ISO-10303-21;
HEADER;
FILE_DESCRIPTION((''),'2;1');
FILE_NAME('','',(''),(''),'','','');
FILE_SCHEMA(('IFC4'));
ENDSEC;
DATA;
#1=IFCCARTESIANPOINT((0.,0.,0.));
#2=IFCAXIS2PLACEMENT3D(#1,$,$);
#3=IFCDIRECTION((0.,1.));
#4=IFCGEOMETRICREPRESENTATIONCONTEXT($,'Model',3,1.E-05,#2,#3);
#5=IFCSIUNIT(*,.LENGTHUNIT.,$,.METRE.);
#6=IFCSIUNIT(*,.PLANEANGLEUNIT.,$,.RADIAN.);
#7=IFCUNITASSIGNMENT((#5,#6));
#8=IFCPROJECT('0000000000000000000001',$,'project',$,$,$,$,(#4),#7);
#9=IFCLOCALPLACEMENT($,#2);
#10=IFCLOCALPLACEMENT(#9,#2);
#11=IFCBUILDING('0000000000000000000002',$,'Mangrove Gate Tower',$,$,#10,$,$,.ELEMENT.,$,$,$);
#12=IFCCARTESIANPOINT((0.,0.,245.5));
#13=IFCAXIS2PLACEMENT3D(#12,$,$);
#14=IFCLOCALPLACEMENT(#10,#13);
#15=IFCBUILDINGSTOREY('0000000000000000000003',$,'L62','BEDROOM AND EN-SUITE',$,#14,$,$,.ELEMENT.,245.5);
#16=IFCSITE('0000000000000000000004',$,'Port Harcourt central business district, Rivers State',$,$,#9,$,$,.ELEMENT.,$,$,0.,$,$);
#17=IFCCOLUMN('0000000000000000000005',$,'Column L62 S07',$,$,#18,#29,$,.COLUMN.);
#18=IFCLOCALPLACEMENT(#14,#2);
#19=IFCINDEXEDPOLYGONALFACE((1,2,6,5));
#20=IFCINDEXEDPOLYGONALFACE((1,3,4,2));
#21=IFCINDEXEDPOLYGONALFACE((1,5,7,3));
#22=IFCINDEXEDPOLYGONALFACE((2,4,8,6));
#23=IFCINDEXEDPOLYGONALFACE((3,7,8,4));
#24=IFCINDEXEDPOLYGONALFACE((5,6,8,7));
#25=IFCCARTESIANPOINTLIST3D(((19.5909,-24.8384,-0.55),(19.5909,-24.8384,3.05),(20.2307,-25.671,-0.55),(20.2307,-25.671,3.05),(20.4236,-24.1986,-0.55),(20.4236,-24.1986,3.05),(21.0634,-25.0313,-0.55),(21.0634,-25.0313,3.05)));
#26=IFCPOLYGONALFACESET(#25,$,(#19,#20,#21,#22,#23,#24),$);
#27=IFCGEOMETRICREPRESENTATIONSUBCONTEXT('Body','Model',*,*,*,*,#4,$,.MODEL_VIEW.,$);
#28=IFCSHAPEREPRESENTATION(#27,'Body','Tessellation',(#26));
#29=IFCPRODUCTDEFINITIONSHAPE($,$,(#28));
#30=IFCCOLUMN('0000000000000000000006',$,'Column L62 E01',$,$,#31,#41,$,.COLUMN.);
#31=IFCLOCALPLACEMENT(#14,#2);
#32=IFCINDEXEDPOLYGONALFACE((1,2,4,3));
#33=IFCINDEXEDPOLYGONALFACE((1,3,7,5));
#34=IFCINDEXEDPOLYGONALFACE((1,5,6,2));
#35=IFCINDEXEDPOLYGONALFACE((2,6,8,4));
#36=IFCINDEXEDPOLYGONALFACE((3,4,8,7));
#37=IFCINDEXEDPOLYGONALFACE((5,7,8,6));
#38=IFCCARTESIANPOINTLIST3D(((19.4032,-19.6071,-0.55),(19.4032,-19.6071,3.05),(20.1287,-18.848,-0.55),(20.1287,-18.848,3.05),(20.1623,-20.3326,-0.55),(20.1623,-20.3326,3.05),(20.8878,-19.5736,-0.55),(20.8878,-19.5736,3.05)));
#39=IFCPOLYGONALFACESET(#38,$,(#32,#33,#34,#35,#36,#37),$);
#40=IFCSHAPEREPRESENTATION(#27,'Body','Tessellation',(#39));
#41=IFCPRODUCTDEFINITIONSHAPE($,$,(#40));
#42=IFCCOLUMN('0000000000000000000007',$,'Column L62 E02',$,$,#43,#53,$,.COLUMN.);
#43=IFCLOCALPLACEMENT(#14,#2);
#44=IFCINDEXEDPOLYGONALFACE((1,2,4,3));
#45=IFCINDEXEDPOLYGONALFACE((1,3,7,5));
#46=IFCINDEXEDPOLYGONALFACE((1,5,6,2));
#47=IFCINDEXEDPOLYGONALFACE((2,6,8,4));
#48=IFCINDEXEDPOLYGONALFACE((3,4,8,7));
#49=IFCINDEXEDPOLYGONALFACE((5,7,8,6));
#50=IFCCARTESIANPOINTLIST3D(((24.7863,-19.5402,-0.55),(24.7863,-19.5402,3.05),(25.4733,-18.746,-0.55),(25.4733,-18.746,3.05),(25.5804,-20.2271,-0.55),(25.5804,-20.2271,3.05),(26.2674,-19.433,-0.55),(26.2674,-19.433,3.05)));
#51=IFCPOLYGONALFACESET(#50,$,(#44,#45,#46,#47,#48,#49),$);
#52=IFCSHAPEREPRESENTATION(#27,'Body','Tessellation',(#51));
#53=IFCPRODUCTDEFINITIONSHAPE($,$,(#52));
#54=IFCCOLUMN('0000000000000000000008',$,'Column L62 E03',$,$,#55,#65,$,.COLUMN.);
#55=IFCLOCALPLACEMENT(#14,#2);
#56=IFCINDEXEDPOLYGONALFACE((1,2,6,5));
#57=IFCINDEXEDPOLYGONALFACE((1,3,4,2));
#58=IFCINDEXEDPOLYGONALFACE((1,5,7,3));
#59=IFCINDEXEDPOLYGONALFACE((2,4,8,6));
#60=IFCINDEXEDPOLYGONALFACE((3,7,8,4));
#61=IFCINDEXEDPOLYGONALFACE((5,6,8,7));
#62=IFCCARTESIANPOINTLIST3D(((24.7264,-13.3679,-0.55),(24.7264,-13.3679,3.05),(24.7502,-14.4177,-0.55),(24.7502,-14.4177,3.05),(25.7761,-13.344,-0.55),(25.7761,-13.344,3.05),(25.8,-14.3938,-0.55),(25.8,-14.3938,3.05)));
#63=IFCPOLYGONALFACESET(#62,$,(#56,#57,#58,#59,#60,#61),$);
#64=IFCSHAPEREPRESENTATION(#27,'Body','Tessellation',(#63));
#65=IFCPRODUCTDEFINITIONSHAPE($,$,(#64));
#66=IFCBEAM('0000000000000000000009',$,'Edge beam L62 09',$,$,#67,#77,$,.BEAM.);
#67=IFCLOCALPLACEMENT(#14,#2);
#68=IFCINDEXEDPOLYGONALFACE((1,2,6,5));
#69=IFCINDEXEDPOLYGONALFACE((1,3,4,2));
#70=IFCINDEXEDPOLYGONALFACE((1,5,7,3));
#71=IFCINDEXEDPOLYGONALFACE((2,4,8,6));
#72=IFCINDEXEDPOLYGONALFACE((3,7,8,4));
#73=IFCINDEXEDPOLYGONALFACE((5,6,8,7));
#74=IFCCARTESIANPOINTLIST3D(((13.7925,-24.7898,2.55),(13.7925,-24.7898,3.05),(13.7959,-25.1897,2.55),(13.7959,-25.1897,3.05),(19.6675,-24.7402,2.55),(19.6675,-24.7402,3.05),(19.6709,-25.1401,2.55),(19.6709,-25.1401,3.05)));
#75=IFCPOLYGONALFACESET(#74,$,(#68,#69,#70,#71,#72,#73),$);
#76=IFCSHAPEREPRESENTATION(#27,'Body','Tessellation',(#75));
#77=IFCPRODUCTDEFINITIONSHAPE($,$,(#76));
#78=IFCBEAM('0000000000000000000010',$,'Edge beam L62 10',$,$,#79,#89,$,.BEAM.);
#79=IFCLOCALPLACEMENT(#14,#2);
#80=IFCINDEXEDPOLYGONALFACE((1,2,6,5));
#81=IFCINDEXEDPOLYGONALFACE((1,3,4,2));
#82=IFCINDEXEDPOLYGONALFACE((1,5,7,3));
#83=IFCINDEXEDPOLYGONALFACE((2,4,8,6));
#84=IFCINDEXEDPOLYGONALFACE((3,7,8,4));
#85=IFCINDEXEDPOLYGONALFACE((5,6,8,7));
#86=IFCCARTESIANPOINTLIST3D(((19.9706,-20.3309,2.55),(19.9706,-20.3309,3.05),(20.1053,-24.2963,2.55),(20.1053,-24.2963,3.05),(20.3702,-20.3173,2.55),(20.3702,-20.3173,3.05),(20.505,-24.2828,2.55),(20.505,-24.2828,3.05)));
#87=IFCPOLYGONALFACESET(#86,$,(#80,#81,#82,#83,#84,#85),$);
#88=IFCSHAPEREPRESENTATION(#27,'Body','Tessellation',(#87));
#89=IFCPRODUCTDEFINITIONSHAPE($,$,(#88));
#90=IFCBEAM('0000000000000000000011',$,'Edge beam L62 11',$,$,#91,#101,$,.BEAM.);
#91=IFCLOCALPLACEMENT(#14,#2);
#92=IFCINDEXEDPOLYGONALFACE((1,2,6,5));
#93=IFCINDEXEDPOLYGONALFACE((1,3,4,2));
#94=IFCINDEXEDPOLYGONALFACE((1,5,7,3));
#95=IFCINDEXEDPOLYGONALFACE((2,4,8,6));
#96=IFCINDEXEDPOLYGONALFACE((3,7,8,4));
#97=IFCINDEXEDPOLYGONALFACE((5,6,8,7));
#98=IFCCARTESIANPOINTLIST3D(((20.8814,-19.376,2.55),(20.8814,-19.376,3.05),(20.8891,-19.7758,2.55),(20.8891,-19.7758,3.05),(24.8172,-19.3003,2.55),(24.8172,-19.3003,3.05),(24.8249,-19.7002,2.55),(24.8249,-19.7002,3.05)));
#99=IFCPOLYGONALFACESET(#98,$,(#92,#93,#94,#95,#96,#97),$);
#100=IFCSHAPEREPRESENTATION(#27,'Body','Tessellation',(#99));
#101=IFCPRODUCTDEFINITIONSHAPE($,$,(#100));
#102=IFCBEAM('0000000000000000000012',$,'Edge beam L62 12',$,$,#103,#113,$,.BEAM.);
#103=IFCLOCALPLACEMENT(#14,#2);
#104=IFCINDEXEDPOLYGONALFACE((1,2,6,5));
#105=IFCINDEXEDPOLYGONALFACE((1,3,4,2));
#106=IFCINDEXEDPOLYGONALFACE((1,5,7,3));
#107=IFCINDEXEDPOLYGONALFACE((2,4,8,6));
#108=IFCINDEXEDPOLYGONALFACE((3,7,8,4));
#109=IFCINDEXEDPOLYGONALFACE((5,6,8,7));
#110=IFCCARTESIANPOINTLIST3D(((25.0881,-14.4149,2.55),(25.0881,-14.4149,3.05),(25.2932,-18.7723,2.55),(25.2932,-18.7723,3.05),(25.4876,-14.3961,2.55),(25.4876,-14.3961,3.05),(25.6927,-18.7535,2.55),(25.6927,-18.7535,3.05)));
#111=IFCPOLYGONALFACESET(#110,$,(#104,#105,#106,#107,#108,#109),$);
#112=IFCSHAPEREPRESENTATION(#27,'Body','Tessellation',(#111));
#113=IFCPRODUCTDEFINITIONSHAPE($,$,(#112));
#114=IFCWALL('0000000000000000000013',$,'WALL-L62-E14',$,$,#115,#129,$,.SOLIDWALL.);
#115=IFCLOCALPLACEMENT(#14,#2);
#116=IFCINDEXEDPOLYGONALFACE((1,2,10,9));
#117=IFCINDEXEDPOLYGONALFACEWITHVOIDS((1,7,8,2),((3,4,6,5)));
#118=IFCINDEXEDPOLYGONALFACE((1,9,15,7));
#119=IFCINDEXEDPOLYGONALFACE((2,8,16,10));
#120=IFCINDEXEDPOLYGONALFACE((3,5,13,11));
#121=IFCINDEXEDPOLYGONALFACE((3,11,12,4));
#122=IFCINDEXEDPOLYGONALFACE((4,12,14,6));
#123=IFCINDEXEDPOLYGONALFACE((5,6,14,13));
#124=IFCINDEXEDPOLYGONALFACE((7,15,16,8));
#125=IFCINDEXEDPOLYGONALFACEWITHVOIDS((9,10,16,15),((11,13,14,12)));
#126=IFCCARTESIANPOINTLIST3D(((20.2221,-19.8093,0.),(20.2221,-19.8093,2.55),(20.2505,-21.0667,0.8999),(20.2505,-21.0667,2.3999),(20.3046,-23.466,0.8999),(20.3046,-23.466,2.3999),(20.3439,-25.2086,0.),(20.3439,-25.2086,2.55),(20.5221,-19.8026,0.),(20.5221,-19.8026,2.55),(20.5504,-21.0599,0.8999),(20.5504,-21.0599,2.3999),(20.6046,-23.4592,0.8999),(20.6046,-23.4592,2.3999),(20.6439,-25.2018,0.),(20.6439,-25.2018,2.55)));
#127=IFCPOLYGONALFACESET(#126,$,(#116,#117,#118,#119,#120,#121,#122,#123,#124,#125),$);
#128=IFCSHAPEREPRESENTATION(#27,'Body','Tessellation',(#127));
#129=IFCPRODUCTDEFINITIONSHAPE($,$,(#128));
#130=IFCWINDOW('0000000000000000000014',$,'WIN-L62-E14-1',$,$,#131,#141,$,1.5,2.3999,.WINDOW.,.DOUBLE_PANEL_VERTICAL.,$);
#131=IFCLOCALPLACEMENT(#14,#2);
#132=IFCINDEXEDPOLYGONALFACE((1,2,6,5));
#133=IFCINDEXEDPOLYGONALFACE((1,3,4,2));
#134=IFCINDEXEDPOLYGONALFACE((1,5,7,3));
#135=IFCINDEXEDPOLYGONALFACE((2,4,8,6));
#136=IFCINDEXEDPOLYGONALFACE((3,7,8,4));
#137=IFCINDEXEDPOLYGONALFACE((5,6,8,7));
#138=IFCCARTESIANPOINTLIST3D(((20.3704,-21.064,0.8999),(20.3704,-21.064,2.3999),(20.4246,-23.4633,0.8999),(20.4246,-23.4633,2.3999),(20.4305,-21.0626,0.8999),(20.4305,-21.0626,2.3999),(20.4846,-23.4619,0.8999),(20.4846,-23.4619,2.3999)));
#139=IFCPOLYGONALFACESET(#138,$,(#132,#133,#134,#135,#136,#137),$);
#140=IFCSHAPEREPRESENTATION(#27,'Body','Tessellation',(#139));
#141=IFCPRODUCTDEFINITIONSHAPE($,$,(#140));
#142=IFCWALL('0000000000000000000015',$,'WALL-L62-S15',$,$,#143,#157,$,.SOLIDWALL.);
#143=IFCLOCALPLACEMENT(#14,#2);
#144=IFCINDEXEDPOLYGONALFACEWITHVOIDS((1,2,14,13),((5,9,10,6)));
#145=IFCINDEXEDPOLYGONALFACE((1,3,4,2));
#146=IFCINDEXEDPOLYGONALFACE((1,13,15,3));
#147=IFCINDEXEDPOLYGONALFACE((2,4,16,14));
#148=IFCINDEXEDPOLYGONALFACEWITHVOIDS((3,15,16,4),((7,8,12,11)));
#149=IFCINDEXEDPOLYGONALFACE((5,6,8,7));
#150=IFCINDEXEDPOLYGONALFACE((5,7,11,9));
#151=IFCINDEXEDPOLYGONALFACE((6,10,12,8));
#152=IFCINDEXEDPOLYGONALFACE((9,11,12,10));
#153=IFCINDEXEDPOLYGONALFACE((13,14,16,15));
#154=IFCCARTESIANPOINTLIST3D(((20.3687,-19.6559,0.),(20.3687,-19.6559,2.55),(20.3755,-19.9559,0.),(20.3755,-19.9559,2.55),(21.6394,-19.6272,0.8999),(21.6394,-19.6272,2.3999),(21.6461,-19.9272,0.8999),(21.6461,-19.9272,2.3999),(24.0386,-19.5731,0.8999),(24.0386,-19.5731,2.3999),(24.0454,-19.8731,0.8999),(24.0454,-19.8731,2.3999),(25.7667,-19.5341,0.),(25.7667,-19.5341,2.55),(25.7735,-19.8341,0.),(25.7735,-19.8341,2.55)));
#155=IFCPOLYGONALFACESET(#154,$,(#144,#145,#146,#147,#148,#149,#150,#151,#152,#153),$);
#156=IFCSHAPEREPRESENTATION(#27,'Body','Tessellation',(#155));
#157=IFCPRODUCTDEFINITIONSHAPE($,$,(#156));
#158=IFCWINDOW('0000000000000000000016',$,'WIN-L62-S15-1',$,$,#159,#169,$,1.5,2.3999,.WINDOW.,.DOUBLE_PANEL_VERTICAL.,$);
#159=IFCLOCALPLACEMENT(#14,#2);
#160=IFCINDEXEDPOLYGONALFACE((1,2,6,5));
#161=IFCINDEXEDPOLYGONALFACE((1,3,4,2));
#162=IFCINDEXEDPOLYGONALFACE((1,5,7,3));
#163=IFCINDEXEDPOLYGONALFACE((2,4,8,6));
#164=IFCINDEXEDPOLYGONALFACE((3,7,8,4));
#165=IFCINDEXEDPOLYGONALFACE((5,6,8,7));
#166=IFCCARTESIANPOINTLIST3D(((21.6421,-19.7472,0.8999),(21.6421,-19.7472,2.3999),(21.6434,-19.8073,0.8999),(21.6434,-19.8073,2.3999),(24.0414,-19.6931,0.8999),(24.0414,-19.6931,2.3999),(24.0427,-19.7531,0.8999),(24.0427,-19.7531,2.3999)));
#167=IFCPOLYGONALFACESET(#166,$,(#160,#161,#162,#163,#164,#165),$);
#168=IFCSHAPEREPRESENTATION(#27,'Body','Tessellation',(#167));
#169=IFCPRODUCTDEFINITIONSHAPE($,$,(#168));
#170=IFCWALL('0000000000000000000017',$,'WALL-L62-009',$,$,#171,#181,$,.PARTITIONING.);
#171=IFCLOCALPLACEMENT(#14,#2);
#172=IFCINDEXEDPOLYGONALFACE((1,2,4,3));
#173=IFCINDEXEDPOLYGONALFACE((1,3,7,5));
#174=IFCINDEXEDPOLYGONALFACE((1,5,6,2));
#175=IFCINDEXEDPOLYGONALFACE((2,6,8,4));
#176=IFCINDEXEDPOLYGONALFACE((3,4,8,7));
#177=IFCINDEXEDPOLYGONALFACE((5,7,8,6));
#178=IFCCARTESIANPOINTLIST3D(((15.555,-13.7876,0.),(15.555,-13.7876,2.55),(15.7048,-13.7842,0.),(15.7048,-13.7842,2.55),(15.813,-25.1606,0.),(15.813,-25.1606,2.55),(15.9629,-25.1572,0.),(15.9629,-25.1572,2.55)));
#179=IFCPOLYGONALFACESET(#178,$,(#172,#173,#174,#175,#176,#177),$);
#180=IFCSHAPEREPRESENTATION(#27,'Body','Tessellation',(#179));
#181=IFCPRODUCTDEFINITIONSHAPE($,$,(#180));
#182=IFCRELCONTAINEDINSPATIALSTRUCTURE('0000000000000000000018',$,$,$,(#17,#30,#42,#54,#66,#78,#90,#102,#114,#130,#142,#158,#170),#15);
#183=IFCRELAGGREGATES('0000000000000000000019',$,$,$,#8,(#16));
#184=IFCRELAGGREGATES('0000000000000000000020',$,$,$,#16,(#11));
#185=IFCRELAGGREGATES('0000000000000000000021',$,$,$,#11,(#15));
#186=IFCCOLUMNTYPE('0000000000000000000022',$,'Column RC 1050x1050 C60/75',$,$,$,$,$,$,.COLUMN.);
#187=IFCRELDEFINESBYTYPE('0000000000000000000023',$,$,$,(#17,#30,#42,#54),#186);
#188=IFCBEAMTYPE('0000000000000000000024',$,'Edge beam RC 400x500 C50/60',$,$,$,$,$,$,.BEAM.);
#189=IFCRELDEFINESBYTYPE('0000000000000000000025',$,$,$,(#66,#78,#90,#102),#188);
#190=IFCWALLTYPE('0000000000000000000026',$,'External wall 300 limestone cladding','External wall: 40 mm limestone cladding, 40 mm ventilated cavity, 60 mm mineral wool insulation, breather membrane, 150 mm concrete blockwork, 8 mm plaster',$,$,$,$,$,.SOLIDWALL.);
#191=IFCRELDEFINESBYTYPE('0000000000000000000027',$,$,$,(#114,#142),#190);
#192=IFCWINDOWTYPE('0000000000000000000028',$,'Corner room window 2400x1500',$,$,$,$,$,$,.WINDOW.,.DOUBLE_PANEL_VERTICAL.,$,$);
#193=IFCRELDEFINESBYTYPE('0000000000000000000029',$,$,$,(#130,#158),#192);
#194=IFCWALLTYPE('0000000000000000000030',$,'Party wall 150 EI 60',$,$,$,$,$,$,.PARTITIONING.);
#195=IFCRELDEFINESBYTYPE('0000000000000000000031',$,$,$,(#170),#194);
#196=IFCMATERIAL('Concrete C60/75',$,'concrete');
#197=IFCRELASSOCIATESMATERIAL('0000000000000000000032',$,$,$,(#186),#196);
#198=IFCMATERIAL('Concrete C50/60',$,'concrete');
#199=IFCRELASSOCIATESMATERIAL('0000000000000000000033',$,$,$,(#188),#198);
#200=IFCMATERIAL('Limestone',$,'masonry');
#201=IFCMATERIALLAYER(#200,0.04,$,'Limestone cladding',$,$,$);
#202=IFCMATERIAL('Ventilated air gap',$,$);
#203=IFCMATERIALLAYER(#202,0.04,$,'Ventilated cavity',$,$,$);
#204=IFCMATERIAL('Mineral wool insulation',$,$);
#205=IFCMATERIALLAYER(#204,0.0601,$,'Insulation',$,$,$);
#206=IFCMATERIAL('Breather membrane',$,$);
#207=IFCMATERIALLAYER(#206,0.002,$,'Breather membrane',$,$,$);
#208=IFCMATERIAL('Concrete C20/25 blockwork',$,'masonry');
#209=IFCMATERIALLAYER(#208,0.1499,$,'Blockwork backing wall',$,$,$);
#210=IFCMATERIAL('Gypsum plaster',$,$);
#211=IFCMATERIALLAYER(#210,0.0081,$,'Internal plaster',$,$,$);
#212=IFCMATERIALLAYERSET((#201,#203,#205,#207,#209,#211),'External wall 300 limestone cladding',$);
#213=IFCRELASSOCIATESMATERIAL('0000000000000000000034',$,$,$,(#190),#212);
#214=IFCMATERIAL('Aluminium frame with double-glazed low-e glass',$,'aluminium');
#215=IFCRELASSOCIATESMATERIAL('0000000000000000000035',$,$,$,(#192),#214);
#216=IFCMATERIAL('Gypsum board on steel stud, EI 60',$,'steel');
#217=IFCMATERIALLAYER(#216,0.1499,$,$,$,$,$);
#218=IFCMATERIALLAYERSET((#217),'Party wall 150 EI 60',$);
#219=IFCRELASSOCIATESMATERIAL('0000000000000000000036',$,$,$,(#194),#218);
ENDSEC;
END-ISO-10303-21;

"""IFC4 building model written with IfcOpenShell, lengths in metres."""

from ifc_helpers import new_model, si_unit, direction, frame, frame_2d, origin, origin_2d, place, context, subcontext, project, spatial, rectangle, extrude, material, layer, layer_set, material_profile, profile_set, type_object, element, fill, save


model = new_model("IFC4")

# Units and contexts
model_context = context("Model", 3, precision=1e-05, world=origin(), true_north=direction((0.0, 1.0)))
body_context = subcontext(model_context, "Body", "Model", "MODEL_VIEW")
ifc_project = project(units=[si_unit("LENGTHUNIT", "METRE"), si_unit("PLANEANGLEUNIT", "RADIAN")], contexts=[model_context])

# Site, building, storey
site_placement = place(None, origin())
site = spatial("IfcSite", under=ifc_project, at=site_placement, Name="Port Harcourt central business district, Rivers State", CompositionType="ELEMENT", RefElevation=0.0)
building_placement = place(site_placement, origin())
building = spatial("IfcBuilding", under=site, at=building_placement, Name="Mangrove Gate Tower", CompositionType="ELEMENT")
storey_placement = place(building_placement, frame((0.0, 0.0, 245.5)))
storey = spatial("IfcBuildingStorey", under=building, at=storey_placement, Name="L62", Description="BEDROOM AND EN-SUITE", CompositionType="ELEMENT", Elevation=245.5)

# Columns
ifc_material_1 = material(Name="Concrete C60/75", Category="concrete")
ifc_material_profile_1 = material_profile(ifc_material_1, rectangle(XDim=1.05, YDim=1.05, at=origin_2d()))
ifc_profile_set_1 = profile_set([ifc_material_profile_1], Name="Concrete C60/75")
column_type = type_object("IfcColumnType", Name="Column RC 1050x1050 C60/75", PredefinedType="COLUMN", material=ifc_profile_set_1)
for number, where, z_axis, x_axis, name in (
    (1, (20.3271, -24.9348, -0.55), (0.0, 0.0, 1.0), (0.792958, 0.609277, 0.0), "Column L62 S07"),
    (2, (20.1455, -19.5903, -0.55), (0.0, 0.0, 1.0), (0.690952, 0.722901, 0.0), "Column L62 E01"),
    (3, (25.5269, -19.4866, -0.55), (0.0, 0.0, 1.0), (0.654235, 0.756292, 0.0), "Column L62 E02"),
    (4, (25.2632, -13.8809, -0.55), (0.0, 0.0, 1.0), (-0.022727, 0.999742, 0.0), "Column L62 E03"),
):
    element("IfcColumn", number, at=place(storey_placement, frame(where, z_axis=z_axis, x_axis=x_axis)), inside=storey, type_object=column_type, Name=name, PredefinedType="COLUMN", context=body_context, shape_type="SweptSolid", body=[
        extrude(rectangle(XDim=1.05, YDim=1.05, at=origin_2d()), origin(), (0.0, 0.0, 1.0), 3.6001),
    ])

# Beams
ifc_material_2 = material(Name="Concrete C50/60", Category="concrete")
ifc_material_profile_2 = material_profile(ifc_material_2, rectangle(XDim=0.3999, YDim=0.5, at=origin_2d()))
ifc_profile_set_2 = profile_set([ifc_material_profile_2], Name="Concrete C50/60")
beam_type = type_object("IfcBeamType", Name="Edge beam RC 400x500 C50/60", PredefinedType="BEAM", material=ifc_profile_set_2)
beam_1_placement = place(storey_placement, frame((13.7942, -24.9897, 2.8), z_axis=(0.999964, 0.008436, 0.0), x_axis=(-0.008436, 0.999964, 0.0)))
element("IfcBeam", 5, at=beam_1_placement, inside=storey, type_object=beam_type, Name="Edge beam L62 09", PredefinedType="BEAM", context=body_context, shape_type="SweptSolid", body=[
    extrude(rectangle(XDim=0.3999, YDim=0.5, at=origin_2d()), origin(), (0.0, 0.0, 1.0), 5.8752),
])
beam_2_placement = place(storey_placement, frame((20.3052, -24.2896, 2.8), z_axis=(-0.033964, 0.999423, 0.0), x_axis=(-0.999423, -0.033964, 0.0)))
element("IfcBeam", 6, at=beam_2_placement, inside=storey, type_object=beam_type, Name="Edge beam L62 10", PredefinedType="BEAM", context=body_context, shape_type="SweptSolid", body=[
    extrude(rectangle(XDim=0.3999, YDim=0.5, at=origin_2d()), origin(), (0.0, 0.0, 1.0), 3.9678),
])
beam_3_placement = place(storey_placement, frame((20.8853, -19.5759, 2.8), z_axis=(0.999815, 0.019226, 0.0), x_axis=(-0.019226, 0.999815, 0.0)))
element("IfcBeam", 7, at=beam_3_placement, inside=storey, type_object=beam_type, Name="Edge beam L62 11", PredefinedType="BEAM", context=body_context, shape_type="SweptSolid", body=[
    extrude(rectangle(XDim=0.3999, YDim=0.5, at=origin_2d()), origin(), (0.0, 0.0, 1.0), 3.9365),
])
beam_4_placement = place(storey_placement, frame((25.4929, -18.7629, 2.8), z_axis=(-0.047012, 0.998894, 0.0), x_axis=(-0.998894, -0.047012, 0.0)))
element("IfcBeam", 8, at=beam_4_placement, inside=storey, type_object=beam_type, Name="Edge beam L62 12", PredefinedType="BEAM", context=body_context, shape_type="SweptSolid", body=[
    extrude(rectangle(XDim=0.3999, YDim=0.5, at=origin_2d()), origin(), (0.0, 0.0, 1.0), 4.3623),
])

# Shared definitions
ifc_material_3 = material(Name="Limestone", Category="masonry")
ifc_layer_1 = layer(ifc_material_3, 0.04, Name="Limestone cladding")
ifc_material_4 = material(Name="Ventilated air gap")
ifc_layer_2 = layer(ifc_material_4, 0.04, Name="Ventilated cavity")
ifc_material_5 = material(Name="Mineral wool insulation")
ifc_layer_3 = layer(ifc_material_5, 0.0601, Name="Insulation")
ifc_material_6 = material(Name="Breather membrane")
ifc_layer_4 = layer(ifc_material_6, 0.002, Name="Breather membrane")
ifc_material_7 = material(Name="Concrete C20/25 blockwork", Category="masonry")
ifc_layer_5 = layer(ifc_material_7, 0.1499, Name="Blockwork backing wall")
ifc_material_8 = material(Name="Gypsum plaster")
ifc_layer_6 = layer(ifc_material_8, 0.0081, Name="Internal plaster")
ifc_layer_set_1 = layer_set([ifc_layer_1, ifc_layer_2, ifc_layer_3, ifc_layer_4, ifc_layer_5, ifc_layer_6], Name="External wall 300 limestone cladding")
wall_type_1 = type_object("IfcWallType", Name="External wall 300 limestone cladding", Description="External wall: 40 mm limestone cladding, 40 mm ventilated cavity, 60 mm mineral wool insulation, breather membrane, 150 mm concrete blockwork, 8 mm plaster", PredefinedType="SOLIDWALL", material=ifc_layer_set_1)
ifc_material_9 = material(Name="Aluminium frame with double-glazed low-e glass", Category="aluminium")
window_type = type_object("IfcWindowType", Name="Corner room window 2400x1500", PartitioningType="DOUBLE_PANEL_VERTICAL", PredefinedType="WINDOW", material=ifc_material_9)

# Walls, openings, windows
wall_1_placement = place(storey_placement, frame((20.4939, -25.2051, 0.0), z_axis=(0.0, 0.0, 1.0), x_axis=(-0.022558, 0.999746, 0.0)))
wall_1 = element("IfcWall", 9, at=wall_1_placement, inside=storey, type_object=wall_type_1, Name="WALL-L62-E14", PredefinedType="SOLIDWALL", context=body_context, shape_type="SweptSolid", body=[
    extrude(rectangle(XDim=5.4006, YDim=0.3, at=frame_2d((2.7002, 0.0))), origin(), (0.0, 0.0, 1.0), 2.55),
])
opening_1_placement = place(wall_1_placement, frame((1.7429, 0.0, 0.8999)))
opening_1 = element("IfcOpeningElement", 10, at=opening_1_placement, cuts=wall_1, PredefinedType="OPENING", context=body_context, shape_type="SweptSolid", body=[
    extrude(rectangle(XDim=2.3999, YDim=1.5, at=frame_2d((1.2, 0.75))), frame((0.0, 0.1599, 0.0), z_axis=(0.0, -1.0, 0.0), x_axis=(1.0, 0.0, 0.0)), (0.0, 0.0, 1.0), 0.3201),
])
window_1_placement = place(opening_1_placement, origin())
window_1 = element("IfcWindow", 11, at=window_1_placement, inside=storey, type_object=window_type, Name="WIN-L62-E14-1", OverallHeight=1.5, OverallWidth=2.3999, PartitioningType="DOUBLE_PANEL_VERTICAL", PredefinedType="WINDOW", context=body_context, shape_type="SweptSolid", body=[
    extrude(rectangle(XDim=2.3999, YDim=1.5, at=frame_2d((1.2, 0.75))), frame((0.0, 0.03, 0.0), z_axis=(0.0, -1.0, 0.0), x_axis=(1.0, 0.0, 0.0)), (0.0, 0.0, 1.0), 0.0601),
])
fill(opening_1, window_1)
wall_2_placement = place(storey_placement, frame((20.3721, -19.8059, 0.0), z_axis=(0.0, 0.0, 1.0), x_axis=(0.999745, 0.022563, 0.0)))
wall_2 = element("IfcWall", 12, at=wall_2_placement, inside=storey, type_object=wall_type_1, Name="WALL-L62-S15", PredefinedType="SOLIDWALL", context=body_context, shape_type="SweptSolid", body=[
    extrude(rectangle(XDim=5.3994, YDim=0.3, at=frame_2d((2.6997, 0.0))), origin(), (0.0, 0.0, 1.0), 2.55),
])
opening_2_placement = place(wall_2_placement, frame((1.271, 0.0, 0.8999)))
opening_2 = element("IfcOpeningElement", 13, at=opening_2_placement, cuts=wall_2, PredefinedType="OPENING", context=body_context, shape_type="SweptSolid", body=[
    extrude(rectangle(XDim=2.3999, YDim=1.5, at=frame_2d((1.2, 0.75))), frame((0.0, 0.1599, 0.0), z_axis=(0.0, -1.0, 0.0), x_axis=(1.0, 0.0, 0.0)), (0.0, 0.0, 1.0), 0.3201),
])
window_2_placement = place(opening_2_placement, origin())
window_2 = element("IfcWindow", 14, at=window_2_placement, inside=storey, type_object=window_type, Name="WIN-L62-S15-1", OverallHeight=1.5, OverallWidth=2.3999, PartitioningType="DOUBLE_PANEL_VERTICAL", PredefinedType="WINDOW", context=body_context, shape_type="SweptSolid", body=[
    extrude(rectangle(XDim=2.3999, YDim=1.5, at=frame_2d((1.2, 0.75))), frame((0.0, 0.03, 0.0), z_axis=(0.0, -1.0, 0.0), x_axis=(1.0, 0.0, 0.0)), (0.0, 0.0, 1.0), 0.0601),
])
fill(opening_2, window_2)

# Wall
ifc_material_10 = material(Name="Gypsum board on steel stud, EI 60", Category="steel")
ifc_layer_7 = layer(ifc_material_10, 0.1499)
ifc_layer_set_2 = layer_set([ifc_layer_7], Name="Party wall 150 EI 60")
wall_type_2 = type_object("IfcWallType", Name="Party wall 150 EI 60", PredefinedType="PARTITIONING", material=ifc_layer_set_2)
wall_3_placement = place(storey_placement, frame((15.8879, -25.1589, 0.0), z_axis=(0.0, 0.0, 1.0), x_axis=(-0.022684, 0.999743, 0.0)))
element("IfcWall", 15, at=wall_3_placement, inside=storey, type_object=wall_type_2, Name="WALL-L62-009", PredefinedType="PARTITIONING", context=body_context, shape_type="SweptSolid", body=[
    extrude(rectangle(XDim=11.376, YDim=0.1499, at=frame_2d((5.688, 0.0))), origin(), (0.0, 0.0, 1.0), 2.55),
])

save(model, "model.ifc")
